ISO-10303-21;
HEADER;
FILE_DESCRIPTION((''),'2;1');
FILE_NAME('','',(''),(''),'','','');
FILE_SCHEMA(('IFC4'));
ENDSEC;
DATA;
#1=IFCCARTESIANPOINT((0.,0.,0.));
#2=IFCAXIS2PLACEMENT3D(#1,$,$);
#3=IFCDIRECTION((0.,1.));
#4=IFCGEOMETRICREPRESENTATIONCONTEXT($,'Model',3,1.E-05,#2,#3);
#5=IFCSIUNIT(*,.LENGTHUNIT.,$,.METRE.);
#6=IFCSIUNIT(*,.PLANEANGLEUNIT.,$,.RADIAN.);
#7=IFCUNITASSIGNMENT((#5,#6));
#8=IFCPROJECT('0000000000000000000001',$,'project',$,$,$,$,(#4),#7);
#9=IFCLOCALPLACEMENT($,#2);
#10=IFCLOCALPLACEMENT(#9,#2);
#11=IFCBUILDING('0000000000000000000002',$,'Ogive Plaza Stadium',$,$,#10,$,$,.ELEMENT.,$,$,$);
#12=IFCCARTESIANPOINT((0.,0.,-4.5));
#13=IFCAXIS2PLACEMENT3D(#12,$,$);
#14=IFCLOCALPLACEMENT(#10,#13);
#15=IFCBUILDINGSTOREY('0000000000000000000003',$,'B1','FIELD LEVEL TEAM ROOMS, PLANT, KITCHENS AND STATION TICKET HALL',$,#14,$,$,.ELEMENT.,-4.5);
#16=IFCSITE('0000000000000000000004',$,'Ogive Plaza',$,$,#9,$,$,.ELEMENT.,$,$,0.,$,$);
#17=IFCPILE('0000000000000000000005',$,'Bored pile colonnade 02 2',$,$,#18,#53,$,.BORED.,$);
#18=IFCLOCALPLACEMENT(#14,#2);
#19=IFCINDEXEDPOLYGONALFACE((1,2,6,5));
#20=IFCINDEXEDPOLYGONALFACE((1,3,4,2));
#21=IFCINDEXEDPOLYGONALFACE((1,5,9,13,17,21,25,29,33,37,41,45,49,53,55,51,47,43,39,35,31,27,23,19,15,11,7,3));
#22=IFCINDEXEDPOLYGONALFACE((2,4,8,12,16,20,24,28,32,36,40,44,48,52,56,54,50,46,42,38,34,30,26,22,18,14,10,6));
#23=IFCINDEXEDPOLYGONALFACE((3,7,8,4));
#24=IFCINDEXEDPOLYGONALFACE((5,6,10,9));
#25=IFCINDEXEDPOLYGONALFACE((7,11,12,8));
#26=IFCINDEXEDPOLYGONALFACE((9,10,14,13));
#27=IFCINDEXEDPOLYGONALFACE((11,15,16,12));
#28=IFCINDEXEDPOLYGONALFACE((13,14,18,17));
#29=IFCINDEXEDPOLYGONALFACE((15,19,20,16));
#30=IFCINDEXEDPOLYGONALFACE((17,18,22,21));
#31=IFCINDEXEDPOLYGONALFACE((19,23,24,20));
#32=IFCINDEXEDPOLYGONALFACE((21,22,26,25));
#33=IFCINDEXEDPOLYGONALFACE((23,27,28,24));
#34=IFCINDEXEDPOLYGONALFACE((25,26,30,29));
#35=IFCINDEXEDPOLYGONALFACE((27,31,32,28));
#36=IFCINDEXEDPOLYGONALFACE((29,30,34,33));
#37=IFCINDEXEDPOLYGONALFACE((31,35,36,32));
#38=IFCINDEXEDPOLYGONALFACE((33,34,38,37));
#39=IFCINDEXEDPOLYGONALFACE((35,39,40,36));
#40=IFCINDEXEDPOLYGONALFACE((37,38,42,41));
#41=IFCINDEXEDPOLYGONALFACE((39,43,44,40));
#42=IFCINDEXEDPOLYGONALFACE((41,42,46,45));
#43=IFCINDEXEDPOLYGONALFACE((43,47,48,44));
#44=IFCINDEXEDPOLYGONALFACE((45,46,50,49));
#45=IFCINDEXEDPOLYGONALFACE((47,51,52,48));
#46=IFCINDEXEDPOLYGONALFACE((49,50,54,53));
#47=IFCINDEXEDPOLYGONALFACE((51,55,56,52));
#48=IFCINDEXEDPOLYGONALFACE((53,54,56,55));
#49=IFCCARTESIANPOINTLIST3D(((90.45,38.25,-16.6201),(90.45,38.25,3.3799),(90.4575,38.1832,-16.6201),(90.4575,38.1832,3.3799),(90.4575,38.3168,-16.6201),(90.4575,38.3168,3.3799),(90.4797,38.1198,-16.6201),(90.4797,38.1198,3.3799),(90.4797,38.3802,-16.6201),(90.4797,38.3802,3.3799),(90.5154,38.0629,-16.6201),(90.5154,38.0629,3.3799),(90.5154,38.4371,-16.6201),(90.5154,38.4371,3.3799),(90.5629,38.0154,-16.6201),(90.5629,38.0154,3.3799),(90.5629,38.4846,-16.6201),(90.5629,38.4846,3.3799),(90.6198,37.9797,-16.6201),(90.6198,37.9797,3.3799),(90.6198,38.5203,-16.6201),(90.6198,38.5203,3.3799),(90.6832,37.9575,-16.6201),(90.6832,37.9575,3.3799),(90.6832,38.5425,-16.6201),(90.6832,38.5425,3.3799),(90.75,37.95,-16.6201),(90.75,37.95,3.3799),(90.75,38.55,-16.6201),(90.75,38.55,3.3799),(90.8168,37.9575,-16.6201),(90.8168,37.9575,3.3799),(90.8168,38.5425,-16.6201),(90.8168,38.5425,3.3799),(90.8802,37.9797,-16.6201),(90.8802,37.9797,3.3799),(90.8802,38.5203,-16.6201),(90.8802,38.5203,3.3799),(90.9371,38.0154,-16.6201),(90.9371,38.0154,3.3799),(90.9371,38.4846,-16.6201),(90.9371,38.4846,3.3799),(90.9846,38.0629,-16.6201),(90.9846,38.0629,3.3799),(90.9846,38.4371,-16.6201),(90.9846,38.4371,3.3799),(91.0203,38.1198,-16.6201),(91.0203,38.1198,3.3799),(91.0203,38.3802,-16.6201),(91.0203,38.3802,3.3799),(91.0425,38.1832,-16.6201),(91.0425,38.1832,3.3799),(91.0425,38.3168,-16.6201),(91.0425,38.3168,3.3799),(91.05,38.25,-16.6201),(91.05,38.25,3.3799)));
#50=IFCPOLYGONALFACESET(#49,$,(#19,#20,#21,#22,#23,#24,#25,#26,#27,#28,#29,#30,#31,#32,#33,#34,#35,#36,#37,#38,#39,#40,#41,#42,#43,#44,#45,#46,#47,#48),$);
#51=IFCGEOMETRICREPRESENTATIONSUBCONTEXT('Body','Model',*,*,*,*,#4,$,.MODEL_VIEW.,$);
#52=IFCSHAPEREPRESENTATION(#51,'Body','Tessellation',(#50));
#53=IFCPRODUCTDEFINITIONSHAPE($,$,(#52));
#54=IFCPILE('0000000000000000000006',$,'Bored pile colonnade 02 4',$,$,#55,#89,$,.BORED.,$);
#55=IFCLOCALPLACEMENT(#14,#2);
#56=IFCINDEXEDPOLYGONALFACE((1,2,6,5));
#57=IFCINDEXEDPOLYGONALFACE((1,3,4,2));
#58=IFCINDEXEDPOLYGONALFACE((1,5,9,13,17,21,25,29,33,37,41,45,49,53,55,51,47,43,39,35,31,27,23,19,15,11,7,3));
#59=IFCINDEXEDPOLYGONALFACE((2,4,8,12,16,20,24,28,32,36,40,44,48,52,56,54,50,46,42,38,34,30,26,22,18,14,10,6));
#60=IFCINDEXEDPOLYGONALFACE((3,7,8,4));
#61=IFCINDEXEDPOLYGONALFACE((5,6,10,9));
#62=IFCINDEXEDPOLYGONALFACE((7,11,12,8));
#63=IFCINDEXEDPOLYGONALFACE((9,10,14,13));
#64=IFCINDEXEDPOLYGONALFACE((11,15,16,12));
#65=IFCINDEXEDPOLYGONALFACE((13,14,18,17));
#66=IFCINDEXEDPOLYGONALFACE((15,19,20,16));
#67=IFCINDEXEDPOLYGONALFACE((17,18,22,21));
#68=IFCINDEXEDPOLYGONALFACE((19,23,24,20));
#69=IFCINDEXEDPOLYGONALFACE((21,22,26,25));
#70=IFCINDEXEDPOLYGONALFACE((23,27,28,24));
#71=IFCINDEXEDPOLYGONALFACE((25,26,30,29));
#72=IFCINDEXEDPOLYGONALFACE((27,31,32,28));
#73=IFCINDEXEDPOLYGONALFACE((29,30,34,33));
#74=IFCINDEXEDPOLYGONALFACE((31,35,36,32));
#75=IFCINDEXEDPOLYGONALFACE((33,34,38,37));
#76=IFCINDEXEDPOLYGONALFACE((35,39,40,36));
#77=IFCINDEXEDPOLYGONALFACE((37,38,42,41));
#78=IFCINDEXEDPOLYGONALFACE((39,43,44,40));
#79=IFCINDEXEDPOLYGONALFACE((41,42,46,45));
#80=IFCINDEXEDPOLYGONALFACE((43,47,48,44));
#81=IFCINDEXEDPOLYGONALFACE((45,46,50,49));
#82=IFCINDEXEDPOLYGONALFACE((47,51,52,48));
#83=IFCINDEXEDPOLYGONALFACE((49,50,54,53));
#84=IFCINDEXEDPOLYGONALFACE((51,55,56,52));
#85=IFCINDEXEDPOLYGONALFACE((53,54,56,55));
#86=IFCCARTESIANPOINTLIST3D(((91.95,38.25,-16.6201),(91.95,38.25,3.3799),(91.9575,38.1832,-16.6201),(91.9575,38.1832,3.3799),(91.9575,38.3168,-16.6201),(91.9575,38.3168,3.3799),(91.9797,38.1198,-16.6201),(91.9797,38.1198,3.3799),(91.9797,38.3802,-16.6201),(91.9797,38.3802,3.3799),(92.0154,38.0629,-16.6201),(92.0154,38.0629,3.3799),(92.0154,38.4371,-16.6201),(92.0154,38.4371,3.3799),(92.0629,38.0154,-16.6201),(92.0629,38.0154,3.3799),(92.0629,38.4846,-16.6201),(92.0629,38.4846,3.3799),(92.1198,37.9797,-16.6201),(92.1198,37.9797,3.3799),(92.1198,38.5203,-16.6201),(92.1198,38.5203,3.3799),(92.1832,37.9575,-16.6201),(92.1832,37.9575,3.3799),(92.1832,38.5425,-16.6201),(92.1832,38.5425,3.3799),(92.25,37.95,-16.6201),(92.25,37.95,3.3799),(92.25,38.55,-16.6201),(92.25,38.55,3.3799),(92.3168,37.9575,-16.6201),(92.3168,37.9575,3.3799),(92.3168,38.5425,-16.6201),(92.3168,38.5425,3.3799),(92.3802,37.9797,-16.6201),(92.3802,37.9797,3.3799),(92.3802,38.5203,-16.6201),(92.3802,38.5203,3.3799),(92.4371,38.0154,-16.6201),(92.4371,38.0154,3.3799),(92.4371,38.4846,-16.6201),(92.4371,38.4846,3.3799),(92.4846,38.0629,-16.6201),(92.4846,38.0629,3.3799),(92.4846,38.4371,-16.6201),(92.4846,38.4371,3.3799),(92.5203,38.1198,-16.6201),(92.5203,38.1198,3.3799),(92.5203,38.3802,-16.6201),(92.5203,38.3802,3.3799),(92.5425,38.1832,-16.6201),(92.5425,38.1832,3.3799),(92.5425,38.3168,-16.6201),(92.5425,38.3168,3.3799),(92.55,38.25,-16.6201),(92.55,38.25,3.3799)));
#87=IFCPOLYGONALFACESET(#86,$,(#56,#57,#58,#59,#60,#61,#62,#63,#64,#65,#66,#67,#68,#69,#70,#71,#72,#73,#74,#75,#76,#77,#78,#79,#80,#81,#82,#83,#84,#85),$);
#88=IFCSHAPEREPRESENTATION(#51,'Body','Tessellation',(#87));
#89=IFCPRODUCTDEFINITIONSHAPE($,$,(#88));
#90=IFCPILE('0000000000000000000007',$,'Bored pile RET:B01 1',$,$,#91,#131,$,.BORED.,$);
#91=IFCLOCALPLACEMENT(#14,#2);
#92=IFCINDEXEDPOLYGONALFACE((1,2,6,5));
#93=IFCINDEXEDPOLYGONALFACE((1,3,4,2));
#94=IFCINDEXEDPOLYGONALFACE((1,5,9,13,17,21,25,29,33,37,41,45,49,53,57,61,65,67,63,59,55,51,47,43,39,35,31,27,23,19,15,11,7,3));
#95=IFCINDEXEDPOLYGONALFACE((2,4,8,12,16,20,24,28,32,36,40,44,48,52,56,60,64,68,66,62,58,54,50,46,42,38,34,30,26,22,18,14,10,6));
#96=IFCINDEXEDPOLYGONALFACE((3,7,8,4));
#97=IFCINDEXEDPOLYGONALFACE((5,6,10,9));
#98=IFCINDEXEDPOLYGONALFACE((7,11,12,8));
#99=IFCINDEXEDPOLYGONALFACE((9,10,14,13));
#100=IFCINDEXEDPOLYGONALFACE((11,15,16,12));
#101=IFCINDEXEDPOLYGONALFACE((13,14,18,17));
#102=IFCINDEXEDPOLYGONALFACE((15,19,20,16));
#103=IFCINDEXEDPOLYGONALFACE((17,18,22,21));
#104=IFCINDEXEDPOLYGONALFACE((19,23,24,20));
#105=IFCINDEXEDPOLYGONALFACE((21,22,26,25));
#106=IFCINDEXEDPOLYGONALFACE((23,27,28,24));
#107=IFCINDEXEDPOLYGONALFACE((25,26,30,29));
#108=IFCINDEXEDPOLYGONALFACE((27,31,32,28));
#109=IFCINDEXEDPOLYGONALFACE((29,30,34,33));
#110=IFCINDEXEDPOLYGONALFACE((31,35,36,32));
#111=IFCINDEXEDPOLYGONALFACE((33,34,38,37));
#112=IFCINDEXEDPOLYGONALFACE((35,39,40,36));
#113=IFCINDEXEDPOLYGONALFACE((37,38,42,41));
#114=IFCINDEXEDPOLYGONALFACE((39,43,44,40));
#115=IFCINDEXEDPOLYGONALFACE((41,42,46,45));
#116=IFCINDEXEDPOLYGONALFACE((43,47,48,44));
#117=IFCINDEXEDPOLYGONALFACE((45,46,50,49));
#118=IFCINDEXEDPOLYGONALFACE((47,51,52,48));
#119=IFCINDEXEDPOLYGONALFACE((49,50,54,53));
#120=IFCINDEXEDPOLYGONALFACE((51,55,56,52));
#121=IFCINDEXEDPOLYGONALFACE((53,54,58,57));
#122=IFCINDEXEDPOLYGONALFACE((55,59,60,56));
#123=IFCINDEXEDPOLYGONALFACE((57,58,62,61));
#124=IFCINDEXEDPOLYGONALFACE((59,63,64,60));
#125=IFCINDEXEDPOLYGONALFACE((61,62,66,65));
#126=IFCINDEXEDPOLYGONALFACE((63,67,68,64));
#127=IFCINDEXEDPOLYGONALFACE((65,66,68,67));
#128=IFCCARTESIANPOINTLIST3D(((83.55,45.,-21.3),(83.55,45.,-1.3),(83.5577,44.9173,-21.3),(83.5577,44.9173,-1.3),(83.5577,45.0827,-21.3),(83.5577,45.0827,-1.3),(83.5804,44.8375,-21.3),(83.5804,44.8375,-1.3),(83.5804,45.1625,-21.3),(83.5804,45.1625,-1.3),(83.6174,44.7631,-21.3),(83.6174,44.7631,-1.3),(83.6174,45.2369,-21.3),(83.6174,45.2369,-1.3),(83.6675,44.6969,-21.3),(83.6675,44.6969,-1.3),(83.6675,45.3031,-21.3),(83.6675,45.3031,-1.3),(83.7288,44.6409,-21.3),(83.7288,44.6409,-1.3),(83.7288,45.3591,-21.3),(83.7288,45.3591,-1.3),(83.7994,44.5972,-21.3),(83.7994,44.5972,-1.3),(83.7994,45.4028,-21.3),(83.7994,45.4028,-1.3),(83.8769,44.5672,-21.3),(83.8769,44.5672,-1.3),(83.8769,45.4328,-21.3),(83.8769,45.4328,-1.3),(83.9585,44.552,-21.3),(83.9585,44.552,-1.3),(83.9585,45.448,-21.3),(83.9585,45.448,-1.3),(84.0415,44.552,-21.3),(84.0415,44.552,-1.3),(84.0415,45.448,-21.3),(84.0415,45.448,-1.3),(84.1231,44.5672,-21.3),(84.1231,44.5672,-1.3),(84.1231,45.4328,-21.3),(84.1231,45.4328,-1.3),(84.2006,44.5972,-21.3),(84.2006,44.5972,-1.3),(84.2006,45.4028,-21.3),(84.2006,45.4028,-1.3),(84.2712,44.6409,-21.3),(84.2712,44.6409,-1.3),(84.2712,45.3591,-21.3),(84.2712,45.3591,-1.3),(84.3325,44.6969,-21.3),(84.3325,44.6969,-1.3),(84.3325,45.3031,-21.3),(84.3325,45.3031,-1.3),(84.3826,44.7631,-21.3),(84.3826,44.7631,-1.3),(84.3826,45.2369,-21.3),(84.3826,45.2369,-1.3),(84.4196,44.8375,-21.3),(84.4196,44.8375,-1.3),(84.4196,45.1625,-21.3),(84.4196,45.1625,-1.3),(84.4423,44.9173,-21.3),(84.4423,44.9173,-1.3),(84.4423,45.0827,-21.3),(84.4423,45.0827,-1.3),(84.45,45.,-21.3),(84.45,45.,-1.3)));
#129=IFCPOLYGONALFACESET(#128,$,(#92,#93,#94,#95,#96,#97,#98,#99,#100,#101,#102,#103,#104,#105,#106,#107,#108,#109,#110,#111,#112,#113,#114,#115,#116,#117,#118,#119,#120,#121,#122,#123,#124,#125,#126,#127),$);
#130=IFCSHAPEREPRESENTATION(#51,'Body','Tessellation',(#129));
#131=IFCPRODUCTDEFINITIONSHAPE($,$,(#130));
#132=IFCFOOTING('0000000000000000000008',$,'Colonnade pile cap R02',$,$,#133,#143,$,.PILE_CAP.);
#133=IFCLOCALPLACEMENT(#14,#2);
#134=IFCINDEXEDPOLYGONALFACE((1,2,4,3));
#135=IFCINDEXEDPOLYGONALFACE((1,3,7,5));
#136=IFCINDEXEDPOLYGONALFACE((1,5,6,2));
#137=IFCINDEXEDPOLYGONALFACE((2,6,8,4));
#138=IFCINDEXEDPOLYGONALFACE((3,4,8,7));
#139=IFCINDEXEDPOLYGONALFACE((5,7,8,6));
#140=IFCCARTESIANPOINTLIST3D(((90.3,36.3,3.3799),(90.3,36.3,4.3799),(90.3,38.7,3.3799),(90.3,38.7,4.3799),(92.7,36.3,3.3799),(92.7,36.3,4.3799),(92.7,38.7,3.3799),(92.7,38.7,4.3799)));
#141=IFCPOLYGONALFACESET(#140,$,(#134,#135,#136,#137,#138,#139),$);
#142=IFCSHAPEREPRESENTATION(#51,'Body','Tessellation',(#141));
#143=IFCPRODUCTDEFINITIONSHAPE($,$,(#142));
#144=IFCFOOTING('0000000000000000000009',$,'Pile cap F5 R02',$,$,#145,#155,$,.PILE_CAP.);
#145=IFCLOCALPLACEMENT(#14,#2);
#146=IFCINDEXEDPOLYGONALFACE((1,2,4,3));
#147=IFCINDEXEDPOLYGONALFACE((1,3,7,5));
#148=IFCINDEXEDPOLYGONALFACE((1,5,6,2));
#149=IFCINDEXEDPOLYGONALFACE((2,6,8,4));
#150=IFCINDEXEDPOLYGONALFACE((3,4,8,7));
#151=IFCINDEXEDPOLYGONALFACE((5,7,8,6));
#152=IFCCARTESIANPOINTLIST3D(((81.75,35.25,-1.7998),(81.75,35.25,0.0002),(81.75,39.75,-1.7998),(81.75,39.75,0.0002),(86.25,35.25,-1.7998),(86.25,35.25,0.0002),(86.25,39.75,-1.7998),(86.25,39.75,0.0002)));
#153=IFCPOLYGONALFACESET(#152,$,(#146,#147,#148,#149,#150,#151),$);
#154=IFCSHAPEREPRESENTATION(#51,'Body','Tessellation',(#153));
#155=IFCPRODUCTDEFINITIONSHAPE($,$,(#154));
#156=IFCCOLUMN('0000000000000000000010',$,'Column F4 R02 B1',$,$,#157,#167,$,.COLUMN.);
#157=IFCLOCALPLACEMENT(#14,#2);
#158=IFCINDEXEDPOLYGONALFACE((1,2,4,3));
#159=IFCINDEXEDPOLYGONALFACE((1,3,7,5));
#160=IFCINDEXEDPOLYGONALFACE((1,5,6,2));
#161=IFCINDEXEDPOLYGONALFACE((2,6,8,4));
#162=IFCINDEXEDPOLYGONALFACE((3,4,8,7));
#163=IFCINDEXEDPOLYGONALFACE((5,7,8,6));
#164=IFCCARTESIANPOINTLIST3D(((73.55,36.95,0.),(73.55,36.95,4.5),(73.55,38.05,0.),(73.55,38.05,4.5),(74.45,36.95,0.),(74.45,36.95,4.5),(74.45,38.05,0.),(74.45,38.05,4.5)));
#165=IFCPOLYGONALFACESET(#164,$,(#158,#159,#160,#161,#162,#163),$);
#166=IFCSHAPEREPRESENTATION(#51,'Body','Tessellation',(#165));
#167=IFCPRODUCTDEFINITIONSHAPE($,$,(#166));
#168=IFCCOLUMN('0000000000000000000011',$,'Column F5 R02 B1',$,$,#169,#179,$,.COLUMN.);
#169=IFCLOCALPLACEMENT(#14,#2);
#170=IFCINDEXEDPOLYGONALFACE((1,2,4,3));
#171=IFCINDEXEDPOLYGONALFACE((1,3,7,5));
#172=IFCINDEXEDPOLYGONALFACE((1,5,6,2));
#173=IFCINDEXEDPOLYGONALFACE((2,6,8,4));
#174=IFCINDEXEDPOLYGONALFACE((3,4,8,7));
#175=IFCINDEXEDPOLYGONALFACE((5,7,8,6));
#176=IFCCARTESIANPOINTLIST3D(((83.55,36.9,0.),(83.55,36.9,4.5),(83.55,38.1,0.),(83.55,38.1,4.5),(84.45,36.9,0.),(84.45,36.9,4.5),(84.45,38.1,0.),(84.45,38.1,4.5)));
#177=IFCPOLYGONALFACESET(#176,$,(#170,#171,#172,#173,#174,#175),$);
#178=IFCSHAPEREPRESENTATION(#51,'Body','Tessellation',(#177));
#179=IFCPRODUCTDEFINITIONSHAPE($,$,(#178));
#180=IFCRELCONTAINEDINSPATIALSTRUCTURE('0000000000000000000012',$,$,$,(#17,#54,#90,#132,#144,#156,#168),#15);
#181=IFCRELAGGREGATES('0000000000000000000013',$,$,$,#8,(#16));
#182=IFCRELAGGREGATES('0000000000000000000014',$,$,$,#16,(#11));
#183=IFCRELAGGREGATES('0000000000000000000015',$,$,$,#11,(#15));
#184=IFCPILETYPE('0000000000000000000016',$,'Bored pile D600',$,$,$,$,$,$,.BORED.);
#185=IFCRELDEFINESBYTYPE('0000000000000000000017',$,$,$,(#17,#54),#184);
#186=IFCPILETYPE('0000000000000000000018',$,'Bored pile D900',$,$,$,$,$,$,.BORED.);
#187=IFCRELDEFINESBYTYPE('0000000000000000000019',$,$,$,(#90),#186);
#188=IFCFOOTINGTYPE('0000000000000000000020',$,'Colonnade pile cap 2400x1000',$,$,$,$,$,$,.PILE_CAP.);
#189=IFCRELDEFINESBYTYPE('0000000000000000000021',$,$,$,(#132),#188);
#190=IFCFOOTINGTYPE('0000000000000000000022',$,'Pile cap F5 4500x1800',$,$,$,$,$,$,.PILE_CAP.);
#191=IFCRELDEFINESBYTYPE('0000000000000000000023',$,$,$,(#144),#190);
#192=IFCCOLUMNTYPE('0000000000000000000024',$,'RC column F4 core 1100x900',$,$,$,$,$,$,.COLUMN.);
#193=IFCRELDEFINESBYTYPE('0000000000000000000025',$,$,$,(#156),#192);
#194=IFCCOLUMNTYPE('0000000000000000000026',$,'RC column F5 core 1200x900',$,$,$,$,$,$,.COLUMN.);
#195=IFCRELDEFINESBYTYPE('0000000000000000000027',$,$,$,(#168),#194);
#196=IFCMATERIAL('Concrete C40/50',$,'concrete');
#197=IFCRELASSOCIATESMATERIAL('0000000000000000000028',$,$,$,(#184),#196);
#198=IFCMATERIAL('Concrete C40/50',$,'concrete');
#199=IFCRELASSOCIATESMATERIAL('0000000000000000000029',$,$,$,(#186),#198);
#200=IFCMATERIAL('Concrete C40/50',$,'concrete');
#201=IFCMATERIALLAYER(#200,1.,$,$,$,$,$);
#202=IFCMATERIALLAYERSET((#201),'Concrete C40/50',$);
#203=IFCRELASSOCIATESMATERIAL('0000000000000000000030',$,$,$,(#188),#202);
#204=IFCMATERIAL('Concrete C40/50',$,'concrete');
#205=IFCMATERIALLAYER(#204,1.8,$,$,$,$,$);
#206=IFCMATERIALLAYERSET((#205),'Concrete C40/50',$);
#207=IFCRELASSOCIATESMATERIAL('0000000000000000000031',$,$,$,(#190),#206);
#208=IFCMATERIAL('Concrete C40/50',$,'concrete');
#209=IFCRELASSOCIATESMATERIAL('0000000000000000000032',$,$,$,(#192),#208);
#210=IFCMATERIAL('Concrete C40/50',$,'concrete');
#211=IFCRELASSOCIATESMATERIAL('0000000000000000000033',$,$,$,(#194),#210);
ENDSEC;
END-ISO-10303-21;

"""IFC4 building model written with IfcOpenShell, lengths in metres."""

from ifc_helpers import new_model, si_unit, direction, frame, origin, origin_2d, place, context, subcontext, project, spatial, rectangle, circle, extrude, material, layer, layer_set, material_profile, profile_set, type_object, element, save


model = new_model("IFC4")

# Units and contexts
model_context = context("Model", 3, precision=1e-05, world=origin(), true_north=direction((0.0, 1.0)))
body_context = subcontext(model_context, "Body", "Model", "MODEL_VIEW")
ifc_project = project(units=[si_unit("LENGTHUNIT", "METRE"), si_unit("PLANEANGLEUNIT", "RADIAN")], contexts=[model_context])

# Site, building, storey
site_placement = place(None, origin())
site = spatial("IfcSite", under=ifc_project, at=site_placement, Name="Ogive Plaza", CompositionType="ELEMENT", RefElevation=0.0)
building_placement = place(site_placement, origin())
building = spatial("IfcBuilding", under=site, at=building_placement, Name="Ogive Plaza Stadium", CompositionType="ELEMENT")
storey_placement = place(building_placement, frame((0.0, 0.0, -4.5)))
storey = spatial("IfcBuildingStorey", under=building, at=storey_placement, Name="B1", Description="FIELD LEVEL TEAM ROOMS, PLANT, KITCHENS AND STATION TICKET HALL", CompositionType="ELEMENT", Elevation=-4.5)

# Piles
ifc_material_1 = material(Name="Concrete C40/50", Category="concrete")
ifc_material_profile_1 = material_profile(ifc_material_1, circle(Radius=0.3, at=origin_2d()), Name="RC D600")
ifc_profile_set_1 = profile_set([ifc_material_profile_1], Name="Concrete C40/50")
pile_type_1 = type_object("IfcPileType", Name="Bored pile D600", PredefinedType="BORED", material=ifc_profile_set_1)
for number, where, z_axis, x_axis, name in (
    (1, (90.75, 38.25, 3.3799), (0.0, 0.0, -1.0), (1.0, 0.0, 0.0), "Bored pile colonnade 02 2"),
    (2, (92.25, 38.25, 3.3799), (0.0, 0.0, -1.0), (1.0, 0.0, 0.0), "Bored pile colonnade 02 4"),
):
    element("IfcPile", number, at=place(storey_placement, frame(where, z_axis=z_axis, x_axis=x_axis)), inside=storey, type_object=pile_type_1, Name=name, PredefinedType="BORED", context=body_context, shape_type="SweptSolid", body=[
        extrude(circle(Radius=0.3, at=origin_2d()), origin(), (0.0, 0.0, 1.0), 20.0),
    ])
ifc_material_2 = material(Name="Concrete C40/50", Category="concrete")
ifc_material_profile_2 = material_profile(ifc_material_2, circle(Radius=0.45, at=origin_2d()), Name="RC D900")
ifc_profile_set_2 = profile_set([ifc_material_profile_2], Name="Concrete C40/50")
pile_type_2 = type_object("IfcPileType", Name="Bored pile D900", PredefinedType="BORED", material=ifc_profile_set_2)
pile_placement = place(storey_placement, frame((84.0, 45.0, -1.3), z_axis=(0.0, 0.0, -1.0), x_axis=(1.0, 0.0, 0.0)))
element("IfcPile", 3, at=pile_placement, inside=storey, type_object=pile_type_2, Name="Bored pile RET:B01 1", PredefinedType="BORED", context=body_context, shape_type="SweptSolid", body=[
    extrude(circle(Radius=0.45, at=origin_2d()), origin(), (0.0, 0.0, 1.0), 20.0),
])

# Footings
ifc_material_3 = material(Name="Concrete C40/50", Category="concrete")
ifc_layer_1 = layer(ifc_material_3, 1.0)
ifc_layer_set_1 = layer_set([ifc_layer_1], Name="Concrete C40/50")
footing_type_1 = type_object("IfcFootingType", Name="Colonnade pile cap 2400x1000", PredefinedType="PILE_CAP", material=ifc_layer_set_1)
footing_1_placement = place(storey_placement, frame((91.5, 37.5, 3.3799), z_axis=(0.0, 0.0, 1.0), x_axis=(1.0, 0.0, 0.0)))
element("IfcFooting", 4, at=footing_1_placement, inside=storey, type_object=footing_type_1, Name="Colonnade pile cap R02", PredefinedType="PILE_CAP", context=body_context, shape_type="SweptSolid", body=[
    extrude(rectangle(XDim=2.3999, YDim=2.3999, at=origin_2d()), origin(), (0.0, 0.0, 1.0), 1.0),
])
ifc_material_4 = material(Name="Concrete C40/50", Category="concrete")
ifc_layer_2 = layer(ifc_material_4, 1.8)
ifc_layer_set_2 = layer_set([ifc_layer_2], Name="Concrete C40/50")
footing_type_2 = type_object("IfcFootingType", Name="Pile cap F5 4500x1800", PredefinedType="PILE_CAP", material=ifc_layer_set_2)
footing_2_placement = place(storey_placement, frame((84.0, 37.5, -1.7998), z_axis=(0.0, 0.0, 1.0), x_axis=(1.0, 0.0, 0.0)))
element("IfcFooting", 5, at=footing_2_placement, inside=storey, type_object=footing_type_2, Name="Pile cap F5 R02", PredefinedType="PILE_CAP", context=body_context, shape_type="SweptSolid", body=[
    extrude(rectangle(XDim=4.5, YDim=4.5, at=origin_2d()), origin(), (0.0, 0.0, 1.0), 1.8),
])

# Columns
ifc_material_5 = material(Name="Concrete C40/50", Category="concrete")
ifc_material_profile_3 = material_profile(ifc_material_5, rectangle(XDim=1.1001, YDim=0.8999, at=origin_2d()), Name="RC 1100x900")
ifc_profile_set_3 = profile_set([ifc_material_profile_3], Name="Concrete C40/50")
column_type_1 = type_object("IfcColumnType", Name="RC column F4 core 1100x900", PredefinedType="COLUMN", material=ifc_profile_set_3)
column_1_placement = place(storey_placement, frame((74.0, 37.5, 0.0), z_axis=(0.0, 0.0, 1.0), x_axis=(0.0, 1.0, 0.0)))
element("IfcColumn", 6, at=column_1_placement, inside=storey, type_object=column_type_1, Name="Column F4 R02 B1", PredefinedType="COLUMN", context=body_context, shape_type="SweptSolid", body=[
    extrude(rectangle(XDim=1.1001, YDim=0.8999, at=origin_2d()), origin(), (0.0, 0.0, 1.0), 4.5),
])
ifc_material_6 = material(Name="Concrete C40/50", Category="concrete")
ifc_material_profile_4 = material_profile(ifc_material_6, rectangle(XDim=1.2, YDim=0.8999, at=origin_2d()), Name="RC 1200x900")
ifc_profile_set_4 = profile_set([ifc_material_profile_4], Name="Concrete C40/50")
column_type_2 = type_object("IfcColumnType", Name="RC column F5 core 1200x900", PredefinedType="COLUMN", material=ifc_profile_set_4)
column_2_placement = place(storey_placement, frame((84.0, 37.5, 0.0), z_axis=(0.0, 0.0, 1.0), x_axis=(0.0, 1.0, 0.0)))
element("IfcColumn", 7, at=column_2_placement, inside=storey, type_object=column_type_2, Name="Column F5 R02 B1", PredefinedType="COLUMN", context=body_context, shape_type="SweptSolid", body=[
    extrude(rectangle(XDim=1.2, YDim=0.8999, at=origin_2d()), origin(), (0.0, 0.0, 1.0), 4.5),
])

save(model, "model.ifc")
